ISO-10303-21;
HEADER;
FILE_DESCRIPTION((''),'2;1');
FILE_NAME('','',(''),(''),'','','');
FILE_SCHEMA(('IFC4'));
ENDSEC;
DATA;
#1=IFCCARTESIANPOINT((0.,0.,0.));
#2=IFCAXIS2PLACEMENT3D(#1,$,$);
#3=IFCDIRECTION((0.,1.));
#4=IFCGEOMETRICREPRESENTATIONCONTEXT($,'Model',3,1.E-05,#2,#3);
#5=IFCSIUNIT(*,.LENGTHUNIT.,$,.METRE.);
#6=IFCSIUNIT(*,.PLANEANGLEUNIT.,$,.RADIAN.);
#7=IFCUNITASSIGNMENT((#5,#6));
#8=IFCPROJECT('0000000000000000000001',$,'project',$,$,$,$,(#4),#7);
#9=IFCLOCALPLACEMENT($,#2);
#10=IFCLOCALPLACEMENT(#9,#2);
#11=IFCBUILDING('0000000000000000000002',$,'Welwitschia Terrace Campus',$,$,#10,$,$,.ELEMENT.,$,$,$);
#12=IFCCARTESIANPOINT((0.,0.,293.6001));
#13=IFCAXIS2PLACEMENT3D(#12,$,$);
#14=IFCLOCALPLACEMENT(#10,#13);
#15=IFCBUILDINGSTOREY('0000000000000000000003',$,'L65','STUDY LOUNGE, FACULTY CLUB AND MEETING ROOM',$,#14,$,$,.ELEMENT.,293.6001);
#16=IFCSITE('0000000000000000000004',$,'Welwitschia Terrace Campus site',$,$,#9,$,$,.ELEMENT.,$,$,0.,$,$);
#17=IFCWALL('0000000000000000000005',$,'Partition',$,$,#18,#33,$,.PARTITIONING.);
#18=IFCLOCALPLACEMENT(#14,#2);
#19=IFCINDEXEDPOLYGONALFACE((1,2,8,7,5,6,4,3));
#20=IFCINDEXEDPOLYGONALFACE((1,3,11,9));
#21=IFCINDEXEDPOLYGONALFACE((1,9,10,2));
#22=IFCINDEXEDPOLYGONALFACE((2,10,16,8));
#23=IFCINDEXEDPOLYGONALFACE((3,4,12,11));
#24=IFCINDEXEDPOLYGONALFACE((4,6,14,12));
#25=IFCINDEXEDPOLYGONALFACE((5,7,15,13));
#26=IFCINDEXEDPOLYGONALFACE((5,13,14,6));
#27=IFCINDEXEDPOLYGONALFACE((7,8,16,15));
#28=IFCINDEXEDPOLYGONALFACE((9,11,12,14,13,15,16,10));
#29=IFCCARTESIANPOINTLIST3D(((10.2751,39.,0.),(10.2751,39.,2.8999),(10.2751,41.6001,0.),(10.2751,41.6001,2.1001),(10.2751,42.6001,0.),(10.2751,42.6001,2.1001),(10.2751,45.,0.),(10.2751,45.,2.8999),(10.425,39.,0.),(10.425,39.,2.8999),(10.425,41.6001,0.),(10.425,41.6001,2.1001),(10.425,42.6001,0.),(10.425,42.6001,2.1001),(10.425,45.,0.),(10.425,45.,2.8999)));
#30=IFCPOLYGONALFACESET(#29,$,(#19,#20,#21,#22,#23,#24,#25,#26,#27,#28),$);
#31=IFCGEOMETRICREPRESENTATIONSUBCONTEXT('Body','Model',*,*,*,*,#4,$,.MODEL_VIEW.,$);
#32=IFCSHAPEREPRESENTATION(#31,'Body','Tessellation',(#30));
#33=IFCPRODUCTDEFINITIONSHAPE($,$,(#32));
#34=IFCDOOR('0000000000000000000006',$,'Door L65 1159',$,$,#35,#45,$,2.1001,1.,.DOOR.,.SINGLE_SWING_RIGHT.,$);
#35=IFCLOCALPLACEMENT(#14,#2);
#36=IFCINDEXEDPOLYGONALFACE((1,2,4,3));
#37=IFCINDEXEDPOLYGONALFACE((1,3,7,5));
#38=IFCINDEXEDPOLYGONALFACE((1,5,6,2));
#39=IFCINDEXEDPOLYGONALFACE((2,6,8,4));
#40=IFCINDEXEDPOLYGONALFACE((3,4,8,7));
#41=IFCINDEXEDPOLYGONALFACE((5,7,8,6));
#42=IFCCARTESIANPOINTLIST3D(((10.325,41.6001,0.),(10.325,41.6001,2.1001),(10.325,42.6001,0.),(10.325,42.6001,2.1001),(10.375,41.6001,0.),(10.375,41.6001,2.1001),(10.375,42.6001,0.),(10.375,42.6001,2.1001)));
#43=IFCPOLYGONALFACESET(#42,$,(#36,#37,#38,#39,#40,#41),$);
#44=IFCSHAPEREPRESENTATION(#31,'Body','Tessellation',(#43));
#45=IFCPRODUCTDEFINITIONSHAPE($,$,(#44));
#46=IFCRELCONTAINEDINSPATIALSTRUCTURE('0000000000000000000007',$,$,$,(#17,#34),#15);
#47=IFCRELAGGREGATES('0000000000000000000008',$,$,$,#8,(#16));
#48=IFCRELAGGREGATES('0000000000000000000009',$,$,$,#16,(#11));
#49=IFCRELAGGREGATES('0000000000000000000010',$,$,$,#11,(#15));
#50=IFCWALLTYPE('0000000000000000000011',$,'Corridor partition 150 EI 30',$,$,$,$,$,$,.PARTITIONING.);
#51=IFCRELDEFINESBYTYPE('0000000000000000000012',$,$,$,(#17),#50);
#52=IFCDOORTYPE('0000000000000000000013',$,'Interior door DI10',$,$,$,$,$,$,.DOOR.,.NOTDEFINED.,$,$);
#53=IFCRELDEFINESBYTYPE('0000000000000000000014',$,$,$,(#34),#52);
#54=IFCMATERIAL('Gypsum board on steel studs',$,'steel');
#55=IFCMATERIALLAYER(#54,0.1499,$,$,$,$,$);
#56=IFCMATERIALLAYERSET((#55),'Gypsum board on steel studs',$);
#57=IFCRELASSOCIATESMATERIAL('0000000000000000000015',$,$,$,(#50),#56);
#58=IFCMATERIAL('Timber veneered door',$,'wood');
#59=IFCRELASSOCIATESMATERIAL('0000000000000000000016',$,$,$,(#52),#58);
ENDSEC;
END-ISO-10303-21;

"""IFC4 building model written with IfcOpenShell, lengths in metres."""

from ifc_helpers import new_model, si_unit, direction, frame, frame_2d, origin, place, context, subcontext, project, spatial, rectangle, extrude, material, layer, layer_set, type_object, element, fill, save


model = new_model("IFC4")

# Units and contexts
model_context = context("Model", 3, precision=1e-05, world=origin(), true_north=direction((0.0, 1.0)))
body_context = subcontext(model_context, "Body", "Model", "MODEL_VIEW")
ifc_project = project(units=[si_unit("LENGTHUNIT", "METRE"), si_unit("PLANEANGLEUNIT", "RADIAN")], contexts=[model_context])

# Site, building, storey
site_placement = place(None, origin())
site = spatial("IfcSite", under=ifc_project, at=site_placement, Name="Welwitschia Terrace Campus site", CompositionType="ELEMENT", RefElevation=0.0)
building_placement = place(site_placement, origin())
building = spatial("IfcBuilding", under=site, at=building_placement, Name="Welwitschia Terrace Campus", CompositionType="ELEMENT")
storey_placement = place(building_placement, frame((0.0, 0.0, 293.6001)))
storey = spatial("IfcBuildingStorey", under=building, at=storey_placement, Name="L65", Description="STUDY LOUNGE, FACULTY CLUB AND MEETING ROOM", CompositionType="ELEMENT", Elevation=293.6001)

# Shared definitions
ifc_material_1 = material(Name="Gypsum board on steel studs", Category="steel")
ifc_layer_1 = layer(ifc_material_1, 0.1499)
ifc_layer_set_1 = layer_set([ifc_layer_1], Name="Gypsum board on steel studs")
wall_type = type_object("IfcWallType", Name="Corridor partition 150 EI 30", PredefinedType="PARTITIONING", material=ifc_layer_set_1)

# Wall, opening, door
ifc_material_2 = material(Name="Timber veneered door", Category="wood")
door_type = type_object("IfcDoorType", Name="Interior door DI10", OperationType="NOTDEFINED", PredefinedType="DOOR", material=ifc_material_2)
wall_1_placement = place(storey_placement, frame((10.3501, 45.0, 0.0), z_axis=(0.0, 0.0, 1.0), x_axis=(0.0, -1.0, 0.0)))
wall_1 = element("IfcWall", 1, at=wall_1_placement, inside=storey, type_object=wall_type, Name="Partition", PredefinedType="PARTITIONING", context=body_context, shape_type="SweptSolid", body=[
    extrude(rectangle(XDim=6.0, YDim=0.1499, at=frame_2d((3.0, 0.0))), origin(), (0.0, 0.0, 1.0), 2.8999),
])
opening_1_placement = place(wall_1_placement, frame((2.3999, 0.0, 0.0)))
opening_1 = element("IfcOpeningElement", 2, at=opening_1_placement, cuts=wall_1, PredefinedType="OPENING", context=body_context, shape_type="SweptSolid", body=[
    extrude(rectangle(XDim=1.0, YDim=2.1001, at=frame_2d((0.5, 1.05))), frame((0.0, 0.085, 0.0), z_axis=(0.0, -1.0, 0.0), x_axis=(1.0, 0.0, 0.0)), (0.0, 0.0, 1.0), 0.1699),
])
door_1_placement = place(opening_1_placement, origin())
door_1 = element("IfcDoor", 3, at=door_1_placement, inside=storey, type_object=door_type, Name="Door L65 1159", OperationType="SINGLE_SWING_RIGHT", OverallHeight=2.1001, OverallWidth=1.0, PredefinedType="DOOR", context=body_context, shape_type="SweptSolid", body=[
    extrude(rectangle(XDim=1.0, YDim=2.1001, at=frame_2d((0.5, 1.05))), frame((0.0, 0.0249, 0.0), z_axis=(0.0, -1.0, 0.0), x_axis=(1.0, 0.0, 0.0)), (0.0, 0.0, 1.0), 0.05),
])
fill(opening_1, door_1)

save(model, "model.ifc")
